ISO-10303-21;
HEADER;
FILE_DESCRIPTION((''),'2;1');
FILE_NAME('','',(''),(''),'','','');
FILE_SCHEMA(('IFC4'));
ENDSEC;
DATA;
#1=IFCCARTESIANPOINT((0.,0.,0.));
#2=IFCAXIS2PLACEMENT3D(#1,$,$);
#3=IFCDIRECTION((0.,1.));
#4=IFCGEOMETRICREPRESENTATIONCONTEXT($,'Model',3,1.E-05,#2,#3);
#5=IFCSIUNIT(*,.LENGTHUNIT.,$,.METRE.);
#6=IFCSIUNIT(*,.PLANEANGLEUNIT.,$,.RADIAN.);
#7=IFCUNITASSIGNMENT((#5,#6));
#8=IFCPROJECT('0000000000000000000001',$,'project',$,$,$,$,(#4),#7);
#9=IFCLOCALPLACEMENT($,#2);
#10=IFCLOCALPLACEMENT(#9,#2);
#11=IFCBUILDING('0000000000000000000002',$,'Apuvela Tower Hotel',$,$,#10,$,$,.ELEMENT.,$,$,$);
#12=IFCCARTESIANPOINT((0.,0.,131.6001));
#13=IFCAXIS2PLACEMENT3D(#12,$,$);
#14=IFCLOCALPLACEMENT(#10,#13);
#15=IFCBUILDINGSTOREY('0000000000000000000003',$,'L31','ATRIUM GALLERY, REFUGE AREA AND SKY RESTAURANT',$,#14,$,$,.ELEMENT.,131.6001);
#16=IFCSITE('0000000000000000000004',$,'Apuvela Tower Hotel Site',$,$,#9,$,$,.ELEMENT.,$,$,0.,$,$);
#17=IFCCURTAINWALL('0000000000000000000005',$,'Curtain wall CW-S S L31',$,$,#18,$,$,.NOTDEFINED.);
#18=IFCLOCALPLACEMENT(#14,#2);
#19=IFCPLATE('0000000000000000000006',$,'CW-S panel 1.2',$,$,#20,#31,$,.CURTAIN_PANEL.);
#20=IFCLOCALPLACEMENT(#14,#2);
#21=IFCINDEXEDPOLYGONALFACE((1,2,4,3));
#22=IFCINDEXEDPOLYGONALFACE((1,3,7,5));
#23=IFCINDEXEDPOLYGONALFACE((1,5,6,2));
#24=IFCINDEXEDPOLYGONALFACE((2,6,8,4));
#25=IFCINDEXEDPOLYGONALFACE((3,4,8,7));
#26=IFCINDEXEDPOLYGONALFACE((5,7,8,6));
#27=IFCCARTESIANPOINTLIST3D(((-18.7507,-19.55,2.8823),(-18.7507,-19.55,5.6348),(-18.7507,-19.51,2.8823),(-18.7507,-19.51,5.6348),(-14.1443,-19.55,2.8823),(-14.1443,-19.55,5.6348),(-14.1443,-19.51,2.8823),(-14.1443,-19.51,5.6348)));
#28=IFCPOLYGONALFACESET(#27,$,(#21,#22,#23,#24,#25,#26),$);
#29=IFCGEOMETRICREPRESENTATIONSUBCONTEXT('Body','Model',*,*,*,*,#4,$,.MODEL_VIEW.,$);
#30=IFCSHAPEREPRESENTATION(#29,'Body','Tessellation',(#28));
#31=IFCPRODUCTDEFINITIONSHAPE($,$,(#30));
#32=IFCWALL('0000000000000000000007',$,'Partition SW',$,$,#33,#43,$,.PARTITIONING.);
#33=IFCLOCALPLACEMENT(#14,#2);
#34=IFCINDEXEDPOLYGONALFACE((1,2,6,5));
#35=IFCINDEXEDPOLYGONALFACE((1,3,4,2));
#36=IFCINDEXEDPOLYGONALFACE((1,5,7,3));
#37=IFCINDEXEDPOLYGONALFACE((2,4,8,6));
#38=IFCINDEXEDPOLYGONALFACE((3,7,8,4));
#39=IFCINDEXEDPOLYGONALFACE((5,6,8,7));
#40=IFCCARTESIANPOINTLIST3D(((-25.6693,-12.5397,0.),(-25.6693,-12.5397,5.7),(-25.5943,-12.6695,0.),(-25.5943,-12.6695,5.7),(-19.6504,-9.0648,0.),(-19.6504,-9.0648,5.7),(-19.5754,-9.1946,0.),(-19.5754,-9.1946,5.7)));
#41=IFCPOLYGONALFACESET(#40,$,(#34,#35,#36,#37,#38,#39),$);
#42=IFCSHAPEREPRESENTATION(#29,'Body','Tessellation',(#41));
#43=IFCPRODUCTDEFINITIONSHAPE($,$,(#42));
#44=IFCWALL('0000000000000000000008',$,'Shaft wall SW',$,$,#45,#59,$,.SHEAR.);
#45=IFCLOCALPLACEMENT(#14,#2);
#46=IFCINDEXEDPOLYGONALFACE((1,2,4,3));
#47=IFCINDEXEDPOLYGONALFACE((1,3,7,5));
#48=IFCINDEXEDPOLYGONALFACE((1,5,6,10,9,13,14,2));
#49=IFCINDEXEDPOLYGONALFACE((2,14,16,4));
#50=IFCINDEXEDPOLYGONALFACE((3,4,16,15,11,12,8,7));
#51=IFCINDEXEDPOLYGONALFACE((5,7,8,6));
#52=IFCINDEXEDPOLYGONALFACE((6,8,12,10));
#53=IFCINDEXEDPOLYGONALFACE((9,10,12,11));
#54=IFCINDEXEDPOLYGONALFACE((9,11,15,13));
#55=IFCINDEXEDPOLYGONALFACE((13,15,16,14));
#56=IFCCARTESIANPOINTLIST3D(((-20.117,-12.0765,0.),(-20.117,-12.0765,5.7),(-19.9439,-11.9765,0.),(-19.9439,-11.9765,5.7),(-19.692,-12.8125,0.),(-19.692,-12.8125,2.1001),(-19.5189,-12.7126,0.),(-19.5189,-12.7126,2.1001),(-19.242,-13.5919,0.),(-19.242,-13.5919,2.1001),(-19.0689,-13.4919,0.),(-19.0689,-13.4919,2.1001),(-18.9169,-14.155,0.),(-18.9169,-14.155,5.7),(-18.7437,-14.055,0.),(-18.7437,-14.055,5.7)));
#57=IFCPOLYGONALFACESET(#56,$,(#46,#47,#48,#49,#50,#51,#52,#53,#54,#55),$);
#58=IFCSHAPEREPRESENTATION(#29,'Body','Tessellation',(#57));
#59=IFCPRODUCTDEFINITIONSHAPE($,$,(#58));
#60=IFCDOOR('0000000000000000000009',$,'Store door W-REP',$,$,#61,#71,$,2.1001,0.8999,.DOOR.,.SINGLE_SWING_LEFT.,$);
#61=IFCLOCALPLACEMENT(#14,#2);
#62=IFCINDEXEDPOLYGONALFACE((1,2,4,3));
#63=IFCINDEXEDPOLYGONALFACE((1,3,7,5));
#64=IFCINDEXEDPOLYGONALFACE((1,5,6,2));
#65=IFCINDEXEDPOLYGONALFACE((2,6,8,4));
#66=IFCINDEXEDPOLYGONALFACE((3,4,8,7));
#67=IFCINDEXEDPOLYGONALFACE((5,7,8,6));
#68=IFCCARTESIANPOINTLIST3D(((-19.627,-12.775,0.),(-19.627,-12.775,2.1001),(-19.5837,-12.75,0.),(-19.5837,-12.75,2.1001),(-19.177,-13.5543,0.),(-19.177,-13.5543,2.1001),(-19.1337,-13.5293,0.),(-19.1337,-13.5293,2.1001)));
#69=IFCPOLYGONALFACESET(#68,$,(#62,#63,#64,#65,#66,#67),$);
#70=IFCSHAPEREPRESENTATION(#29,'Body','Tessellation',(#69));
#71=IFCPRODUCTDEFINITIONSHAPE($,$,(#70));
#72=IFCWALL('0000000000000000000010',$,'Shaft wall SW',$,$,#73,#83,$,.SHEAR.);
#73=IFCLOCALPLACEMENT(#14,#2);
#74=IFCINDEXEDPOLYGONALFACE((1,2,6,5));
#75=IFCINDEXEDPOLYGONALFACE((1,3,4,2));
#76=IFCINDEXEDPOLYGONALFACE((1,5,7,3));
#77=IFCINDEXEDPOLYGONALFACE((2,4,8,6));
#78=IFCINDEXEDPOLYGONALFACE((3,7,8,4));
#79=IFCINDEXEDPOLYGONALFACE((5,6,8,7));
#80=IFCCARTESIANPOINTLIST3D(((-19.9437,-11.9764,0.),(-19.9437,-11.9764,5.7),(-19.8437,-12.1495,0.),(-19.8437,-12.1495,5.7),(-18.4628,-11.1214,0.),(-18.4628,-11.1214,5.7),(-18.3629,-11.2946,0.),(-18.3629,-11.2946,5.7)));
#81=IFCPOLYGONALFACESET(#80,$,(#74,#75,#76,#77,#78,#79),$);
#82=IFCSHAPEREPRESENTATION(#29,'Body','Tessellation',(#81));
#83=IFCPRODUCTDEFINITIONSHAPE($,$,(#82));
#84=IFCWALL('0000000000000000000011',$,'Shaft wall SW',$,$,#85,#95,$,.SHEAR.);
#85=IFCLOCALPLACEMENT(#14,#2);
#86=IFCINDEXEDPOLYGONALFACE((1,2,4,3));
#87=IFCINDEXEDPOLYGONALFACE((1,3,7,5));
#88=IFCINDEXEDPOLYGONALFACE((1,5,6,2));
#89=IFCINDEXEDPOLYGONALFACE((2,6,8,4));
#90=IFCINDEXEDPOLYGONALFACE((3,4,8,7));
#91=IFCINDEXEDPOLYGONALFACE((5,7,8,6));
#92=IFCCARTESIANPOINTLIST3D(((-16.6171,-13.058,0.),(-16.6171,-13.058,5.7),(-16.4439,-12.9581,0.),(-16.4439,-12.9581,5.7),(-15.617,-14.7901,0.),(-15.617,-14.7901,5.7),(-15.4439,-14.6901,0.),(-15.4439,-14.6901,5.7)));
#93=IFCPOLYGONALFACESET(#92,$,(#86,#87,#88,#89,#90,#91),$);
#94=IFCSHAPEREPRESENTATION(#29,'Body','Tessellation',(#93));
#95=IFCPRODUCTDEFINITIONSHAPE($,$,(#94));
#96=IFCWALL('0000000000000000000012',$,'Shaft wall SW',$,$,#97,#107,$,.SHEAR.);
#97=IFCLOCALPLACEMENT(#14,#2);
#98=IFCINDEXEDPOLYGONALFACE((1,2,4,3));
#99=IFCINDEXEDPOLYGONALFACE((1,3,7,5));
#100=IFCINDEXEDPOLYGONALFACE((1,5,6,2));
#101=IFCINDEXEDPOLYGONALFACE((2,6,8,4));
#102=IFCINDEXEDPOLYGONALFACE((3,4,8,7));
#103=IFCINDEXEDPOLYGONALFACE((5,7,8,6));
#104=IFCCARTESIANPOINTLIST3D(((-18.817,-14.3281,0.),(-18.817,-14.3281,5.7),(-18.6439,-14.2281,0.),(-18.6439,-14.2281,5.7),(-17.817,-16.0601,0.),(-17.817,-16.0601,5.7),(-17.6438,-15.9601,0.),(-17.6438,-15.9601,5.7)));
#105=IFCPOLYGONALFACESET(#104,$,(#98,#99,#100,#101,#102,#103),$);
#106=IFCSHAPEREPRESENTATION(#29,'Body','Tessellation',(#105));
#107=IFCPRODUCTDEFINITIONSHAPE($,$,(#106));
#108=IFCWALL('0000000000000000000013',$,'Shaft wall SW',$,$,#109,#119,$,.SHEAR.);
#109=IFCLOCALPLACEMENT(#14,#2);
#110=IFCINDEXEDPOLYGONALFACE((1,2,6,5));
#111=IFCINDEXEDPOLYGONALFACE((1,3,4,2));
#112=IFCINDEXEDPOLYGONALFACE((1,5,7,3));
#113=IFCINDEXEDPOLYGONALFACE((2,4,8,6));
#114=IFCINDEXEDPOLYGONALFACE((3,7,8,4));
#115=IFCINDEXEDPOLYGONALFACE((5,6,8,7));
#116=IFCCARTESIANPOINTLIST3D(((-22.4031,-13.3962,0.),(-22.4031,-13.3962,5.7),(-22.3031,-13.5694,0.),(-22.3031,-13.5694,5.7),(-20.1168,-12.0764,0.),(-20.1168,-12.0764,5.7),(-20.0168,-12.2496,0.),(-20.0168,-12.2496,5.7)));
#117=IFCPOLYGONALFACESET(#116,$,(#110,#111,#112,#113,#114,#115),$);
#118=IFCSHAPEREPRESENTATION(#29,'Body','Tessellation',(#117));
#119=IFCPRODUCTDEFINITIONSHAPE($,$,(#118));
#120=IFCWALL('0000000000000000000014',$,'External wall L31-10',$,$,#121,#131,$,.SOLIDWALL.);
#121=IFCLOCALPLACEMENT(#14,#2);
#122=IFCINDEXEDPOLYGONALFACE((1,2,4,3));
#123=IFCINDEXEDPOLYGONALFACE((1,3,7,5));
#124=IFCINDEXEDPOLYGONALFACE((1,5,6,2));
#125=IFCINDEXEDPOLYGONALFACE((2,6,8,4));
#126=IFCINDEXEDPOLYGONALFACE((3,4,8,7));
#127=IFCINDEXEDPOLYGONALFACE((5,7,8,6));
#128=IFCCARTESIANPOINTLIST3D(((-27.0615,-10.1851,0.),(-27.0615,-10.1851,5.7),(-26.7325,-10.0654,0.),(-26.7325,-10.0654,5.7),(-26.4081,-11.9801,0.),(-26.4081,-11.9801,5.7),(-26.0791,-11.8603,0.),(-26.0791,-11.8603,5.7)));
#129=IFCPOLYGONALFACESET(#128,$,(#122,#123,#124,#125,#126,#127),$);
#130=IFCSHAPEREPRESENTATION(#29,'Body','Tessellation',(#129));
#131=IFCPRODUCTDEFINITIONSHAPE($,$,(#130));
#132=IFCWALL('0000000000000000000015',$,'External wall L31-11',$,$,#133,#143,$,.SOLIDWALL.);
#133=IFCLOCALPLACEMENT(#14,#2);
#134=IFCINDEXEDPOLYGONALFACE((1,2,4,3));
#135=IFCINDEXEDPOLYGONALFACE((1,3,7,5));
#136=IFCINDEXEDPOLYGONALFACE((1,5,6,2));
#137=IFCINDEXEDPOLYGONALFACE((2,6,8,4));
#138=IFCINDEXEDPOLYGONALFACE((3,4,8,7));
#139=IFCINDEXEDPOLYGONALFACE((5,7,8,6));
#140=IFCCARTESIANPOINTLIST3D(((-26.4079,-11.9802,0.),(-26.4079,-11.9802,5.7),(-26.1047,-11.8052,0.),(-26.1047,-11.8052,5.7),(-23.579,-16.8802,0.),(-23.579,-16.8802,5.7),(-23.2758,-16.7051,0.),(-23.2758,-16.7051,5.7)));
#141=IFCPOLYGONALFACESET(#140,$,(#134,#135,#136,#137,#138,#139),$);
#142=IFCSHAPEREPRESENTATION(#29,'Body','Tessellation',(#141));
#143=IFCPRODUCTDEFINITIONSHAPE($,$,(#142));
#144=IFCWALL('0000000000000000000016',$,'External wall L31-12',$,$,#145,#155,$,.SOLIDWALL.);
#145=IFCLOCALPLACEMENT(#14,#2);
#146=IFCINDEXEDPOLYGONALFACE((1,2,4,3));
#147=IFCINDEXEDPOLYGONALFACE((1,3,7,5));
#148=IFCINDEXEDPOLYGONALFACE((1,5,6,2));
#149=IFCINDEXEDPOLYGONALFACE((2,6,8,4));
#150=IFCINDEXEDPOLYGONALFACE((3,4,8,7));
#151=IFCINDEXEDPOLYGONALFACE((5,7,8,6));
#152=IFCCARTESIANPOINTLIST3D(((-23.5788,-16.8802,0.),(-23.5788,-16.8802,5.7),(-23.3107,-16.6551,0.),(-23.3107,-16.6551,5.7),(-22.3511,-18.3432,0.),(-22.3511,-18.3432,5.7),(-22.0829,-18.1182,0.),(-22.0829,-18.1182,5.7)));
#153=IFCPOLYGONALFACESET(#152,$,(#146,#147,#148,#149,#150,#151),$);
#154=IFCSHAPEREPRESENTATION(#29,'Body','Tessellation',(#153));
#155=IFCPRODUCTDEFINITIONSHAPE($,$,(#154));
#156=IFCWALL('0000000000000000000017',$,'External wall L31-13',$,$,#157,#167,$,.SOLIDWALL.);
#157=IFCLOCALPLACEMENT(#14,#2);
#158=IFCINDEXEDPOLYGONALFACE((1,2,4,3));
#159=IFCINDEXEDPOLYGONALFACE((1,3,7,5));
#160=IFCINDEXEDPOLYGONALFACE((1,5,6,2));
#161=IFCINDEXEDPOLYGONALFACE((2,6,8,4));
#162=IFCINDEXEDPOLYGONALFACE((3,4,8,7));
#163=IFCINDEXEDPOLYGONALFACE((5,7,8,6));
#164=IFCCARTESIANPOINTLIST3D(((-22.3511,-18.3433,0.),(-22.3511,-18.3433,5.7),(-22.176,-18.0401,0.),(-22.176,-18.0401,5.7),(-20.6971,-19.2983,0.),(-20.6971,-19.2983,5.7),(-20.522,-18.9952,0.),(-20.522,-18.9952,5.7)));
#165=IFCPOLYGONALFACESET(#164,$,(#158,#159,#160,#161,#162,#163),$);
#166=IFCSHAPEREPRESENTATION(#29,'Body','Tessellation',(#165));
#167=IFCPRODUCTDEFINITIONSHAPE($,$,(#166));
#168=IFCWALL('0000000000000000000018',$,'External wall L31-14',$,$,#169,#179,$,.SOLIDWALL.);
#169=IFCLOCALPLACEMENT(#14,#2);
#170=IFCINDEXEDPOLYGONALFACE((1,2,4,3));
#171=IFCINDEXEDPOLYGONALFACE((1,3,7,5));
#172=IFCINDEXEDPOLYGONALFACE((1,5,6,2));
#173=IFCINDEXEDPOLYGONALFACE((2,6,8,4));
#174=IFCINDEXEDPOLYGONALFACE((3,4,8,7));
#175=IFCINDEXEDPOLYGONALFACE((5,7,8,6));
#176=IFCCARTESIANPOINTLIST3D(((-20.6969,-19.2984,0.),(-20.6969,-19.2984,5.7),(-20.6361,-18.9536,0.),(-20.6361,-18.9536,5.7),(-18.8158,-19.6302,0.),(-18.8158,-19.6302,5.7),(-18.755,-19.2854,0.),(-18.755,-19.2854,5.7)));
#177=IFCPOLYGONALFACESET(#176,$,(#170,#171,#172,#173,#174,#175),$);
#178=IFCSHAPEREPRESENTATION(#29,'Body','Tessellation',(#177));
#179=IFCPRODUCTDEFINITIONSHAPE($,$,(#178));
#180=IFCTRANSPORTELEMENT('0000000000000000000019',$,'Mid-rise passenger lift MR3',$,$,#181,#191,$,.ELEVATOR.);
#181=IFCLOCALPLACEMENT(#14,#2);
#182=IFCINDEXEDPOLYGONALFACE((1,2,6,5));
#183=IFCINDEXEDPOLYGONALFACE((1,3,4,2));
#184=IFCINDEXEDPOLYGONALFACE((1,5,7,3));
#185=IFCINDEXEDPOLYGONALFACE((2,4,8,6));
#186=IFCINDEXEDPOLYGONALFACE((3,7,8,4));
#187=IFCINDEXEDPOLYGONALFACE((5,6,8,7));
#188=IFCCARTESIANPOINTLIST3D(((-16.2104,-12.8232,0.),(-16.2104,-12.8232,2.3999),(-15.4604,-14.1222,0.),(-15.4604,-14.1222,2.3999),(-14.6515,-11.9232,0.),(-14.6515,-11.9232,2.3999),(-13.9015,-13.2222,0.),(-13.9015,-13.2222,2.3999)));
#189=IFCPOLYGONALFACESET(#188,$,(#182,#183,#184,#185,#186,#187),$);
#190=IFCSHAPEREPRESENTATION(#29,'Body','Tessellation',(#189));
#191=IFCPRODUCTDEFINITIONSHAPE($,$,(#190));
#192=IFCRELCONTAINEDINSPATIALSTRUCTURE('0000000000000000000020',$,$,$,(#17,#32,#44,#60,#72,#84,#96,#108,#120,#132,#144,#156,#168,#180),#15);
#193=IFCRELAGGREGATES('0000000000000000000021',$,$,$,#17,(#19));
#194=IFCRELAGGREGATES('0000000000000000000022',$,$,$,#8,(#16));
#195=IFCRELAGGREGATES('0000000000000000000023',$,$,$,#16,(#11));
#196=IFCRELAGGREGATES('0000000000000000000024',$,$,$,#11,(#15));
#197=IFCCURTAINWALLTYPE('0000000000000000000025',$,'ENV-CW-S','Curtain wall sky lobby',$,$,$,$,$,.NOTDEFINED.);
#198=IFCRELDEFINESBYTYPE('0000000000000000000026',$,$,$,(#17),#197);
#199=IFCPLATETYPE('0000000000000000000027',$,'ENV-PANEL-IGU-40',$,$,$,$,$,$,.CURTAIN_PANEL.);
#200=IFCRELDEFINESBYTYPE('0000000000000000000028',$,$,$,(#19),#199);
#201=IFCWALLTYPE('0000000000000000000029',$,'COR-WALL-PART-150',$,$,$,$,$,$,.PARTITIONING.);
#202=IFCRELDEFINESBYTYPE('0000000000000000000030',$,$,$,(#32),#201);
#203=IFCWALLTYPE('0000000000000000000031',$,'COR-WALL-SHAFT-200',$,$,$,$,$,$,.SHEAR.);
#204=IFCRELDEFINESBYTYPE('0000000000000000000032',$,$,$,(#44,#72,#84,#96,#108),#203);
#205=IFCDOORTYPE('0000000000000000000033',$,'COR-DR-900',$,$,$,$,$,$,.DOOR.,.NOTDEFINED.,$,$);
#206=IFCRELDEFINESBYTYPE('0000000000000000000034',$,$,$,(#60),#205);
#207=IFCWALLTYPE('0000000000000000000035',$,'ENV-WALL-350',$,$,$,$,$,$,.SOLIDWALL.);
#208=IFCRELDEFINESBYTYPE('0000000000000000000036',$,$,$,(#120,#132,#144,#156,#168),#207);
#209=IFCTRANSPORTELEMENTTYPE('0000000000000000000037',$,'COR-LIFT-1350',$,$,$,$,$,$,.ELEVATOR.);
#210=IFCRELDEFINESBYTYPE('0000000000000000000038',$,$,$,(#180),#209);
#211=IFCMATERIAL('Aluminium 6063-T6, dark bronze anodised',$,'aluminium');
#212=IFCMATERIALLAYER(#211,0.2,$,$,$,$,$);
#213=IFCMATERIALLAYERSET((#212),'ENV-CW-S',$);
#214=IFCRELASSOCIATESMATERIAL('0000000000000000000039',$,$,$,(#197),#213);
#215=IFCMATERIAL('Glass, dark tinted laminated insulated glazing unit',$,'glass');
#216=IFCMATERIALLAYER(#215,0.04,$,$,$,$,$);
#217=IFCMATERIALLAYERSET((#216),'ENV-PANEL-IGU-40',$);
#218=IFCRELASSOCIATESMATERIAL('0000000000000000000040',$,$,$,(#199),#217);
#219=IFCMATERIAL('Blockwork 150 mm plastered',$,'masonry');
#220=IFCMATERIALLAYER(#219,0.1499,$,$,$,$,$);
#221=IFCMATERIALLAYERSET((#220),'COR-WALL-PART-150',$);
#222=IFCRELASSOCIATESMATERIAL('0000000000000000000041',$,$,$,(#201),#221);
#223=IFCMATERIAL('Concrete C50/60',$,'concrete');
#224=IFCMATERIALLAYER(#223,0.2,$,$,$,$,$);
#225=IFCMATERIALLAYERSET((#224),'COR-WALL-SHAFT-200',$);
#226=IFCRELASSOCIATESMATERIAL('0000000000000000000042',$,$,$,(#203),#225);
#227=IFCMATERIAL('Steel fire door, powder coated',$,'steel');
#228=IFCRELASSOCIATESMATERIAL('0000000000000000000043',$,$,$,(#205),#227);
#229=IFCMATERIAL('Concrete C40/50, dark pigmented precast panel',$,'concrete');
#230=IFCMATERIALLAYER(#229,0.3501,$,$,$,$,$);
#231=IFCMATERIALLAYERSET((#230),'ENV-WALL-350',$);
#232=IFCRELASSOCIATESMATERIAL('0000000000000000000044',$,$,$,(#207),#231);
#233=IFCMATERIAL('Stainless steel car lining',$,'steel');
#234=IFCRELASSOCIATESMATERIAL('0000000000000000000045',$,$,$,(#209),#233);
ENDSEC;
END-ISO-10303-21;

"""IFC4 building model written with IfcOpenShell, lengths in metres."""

from ifc_helpers import new_model, si_unit, direction, frame, frame_2d, origin, origin_2d, place, context, subcontext, project, spatial, rectangle, extrude, material, layer, layer_set, type_object, element, fill, aggregate, save


model = new_model("IFC4")

# Units and contexts
model_context = context("Model", 3, precision=1e-05, world=origin(), true_north=direction((0.0, 1.0)))
body_context = subcontext(model_context, "Body", "Model", "MODEL_VIEW")
ifc_project = project(units=[si_unit("LENGTHUNIT", "METRE"), si_unit("PLANEANGLEUNIT", "RADIAN")], contexts=[model_context])

# Site, building, storey
site_placement = place(None, origin())
site = spatial("IfcSite", under=ifc_project, at=site_placement, Name="Apuvela Tower Hotel Site", CompositionType="ELEMENT", RefElevation=0.0)
building_placement = place(site_placement, origin())
building = spatial("IfcBuilding", under=site, at=building_placement, Name="Apuvela Tower Hotel", CompositionType="ELEMENT")
storey_placement = place(building_placement, frame((0.0, 0.0, 131.6001)))
storey = spatial("IfcBuildingStorey", under=building, at=storey_placement, Name="L31", Description="ATRIUM GALLERY, REFUGE AREA AND SKY RESTAURANT", CompositionType="ELEMENT", Elevation=131.6001)

# Curtain wall
ifc_material_1 = material(Name="Aluminium 6063-T6, dark bronze anodised", Category="aluminium")
ifc_layer_1 = layer(ifc_material_1, 0.2)
ifc_layer_set_1 = layer_set([ifc_layer_1], Name="ENV-CW-S")
curtain_wall_type = type_object("IfcCurtainWallType", Name="ENV-CW-S", Description="Curtain wall sky lobby", PredefinedType="NOTDEFINED", material=ifc_layer_set_1)
curtain_wall_placement = place(storey_placement, origin())
curtain_wall = element("IfcCurtainWall", 1, at=curtain_wall_placement, inside=storey, type_object=curtain_wall_type, Name="Curtain wall CW-S S L31", PredefinedType="NOTDEFINED")

# Plate
ifc_material_2 = material(Name="Glass, dark tinted laminated insulated glazing unit", Category="glass")
ifc_layer_2 = layer(ifc_material_2, 0.04)
ifc_layer_set_2 = layer_set([ifc_layer_2], Name="ENV-PANEL-IGU-40")
plate_type = type_object("IfcPlateType", Name="ENV-PANEL-IGU-40", PredefinedType="CURTAIN_PANEL", material=ifc_layer_set_2)
plate_1_placement = place(storey_placement, frame((-16.4475, -19.53, 2.8823), z_axis=(0.0, 0.0, 1.0), x_axis=(1.0, 0.0, 0.0)))
plate_1 = element("IfcPlate", 2, at=plate_1_placement, type_object=plate_type, Name="CW-S panel 1.2", PredefinedType="CURTAIN_PANEL", context=body_context, shape_type="SweptSolid", body=[
    extrude(rectangle(XDim=4.6064, YDim=0.04, at=origin_2d()), origin(), (0.0, 0.0, 1.0), 2.7524),
])
aggregate(curtain_wall, [plate_1])

# Wall
ifc_material_3 = material(Name="Blockwork 150 mm plastered", Category="masonry")
ifc_layer_3 = layer(ifc_material_3, 0.1499)
ifc_layer_set_3 = layer_set([ifc_layer_3], Name="COR-WALL-PART-150")
wall_type_1 = type_object("IfcWallType", Name="COR-WALL-PART-150", PredefinedType="PARTITIONING", material=ifc_layer_set_3)
wall_1_placement = place(storey_placement, frame((-19.6128, -9.1296, 0.0), z_axis=(0.0, 0.0, 1.0), x_axis=(-0.866032, -0.499989, 0.0)))
element("IfcWall", 3, at=wall_1_placement, inside=storey, type_object=wall_type_1, Name="Partition SW", PredefinedType="PARTITIONING", context=body_context, shape_type="SweptSolid", body=[
    extrude(rectangle(XDim=6.95, YDim=0.1499, at=frame_2d((3.4751, 0.0))), origin(), (0.0, 0.0, 1.0), 5.7),
])

# Wall, opening, door
ifc_material_4 = material(Name="Concrete C50/60", Category="concrete")
ifc_layer_4 = layer(ifc_material_4, 0.2)
ifc_layer_set_4 = layer_set([ifc_layer_4], Name="COR-WALL-SHAFT-200")
wall_type_2 = type_object("IfcWallType", Name="COR-WALL-SHAFT-200", PredefinedType="SHEAR", material=ifc_layer_set_4)
wall_2_placement = place(storey_placement, frame((-20.0305, -12.0264, 0.0), z_axis=(0.0, 0.0, 1.0), x_axis=(0.500034, -0.866006, 0.0)))
wall_2 = element("IfcWall", 4, at=wall_2_placement, inside=storey, type_object=wall_type_2, Name="Shaft wall SW", PredefinedType="SHEAR", context=body_context, shape_type="SweptSolid", body=[
    extrude(rectangle(XDim=2.4001, YDim=0.2, at=frame_2d((1.2002, 0.0))), origin(), (0.0, 0.0, 1.0), 5.7),
])
opening_placement = place(wall_2_placement, frame((0.8501, 0.0, 0.0)))
opening = element("IfcOpeningElement", 5, at=opening_placement, cuts=wall_2, PredefinedType="OPENING", context=body_context, shape_type="SweptSolid", body=[
    extrude(rectangle(XDim=0.8999, YDim=2.1001, at=frame_2d((0.45, 1.05))), frame((0.0, 0.1099, 0.0), z_axis=(0.0, -1.0, 0.0), x_axis=(1.0, 0.0, 0.0)), (0.0, 0.0, 1.0), 0.22),
])
ifc_material_5 = material(Name="Steel fire door, powder coated", Category="steel")
door_type = type_object("IfcDoorType", Name="COR-DR-900", OperationType="NOTDEFINED", PredefinedType="DOOR", material=ifc_material_5)
door_placement = place(opening_placement, frame((0.8999, 0.0, 0.0), z_axis=(0.0, 0.0, 1.0), x_axis=(-1.0, 0.0, 0.0)))
door = element("IfcDoor", 6, at=door_placement, inside=storey, type_object=door_type, Name="Store door W-REP", OperationType="SINGLE_SWING_LEFT", OverallHeight=2.1001, OverallWidth=0.8999, PredefinedType="DOOR", context=body_context, shape_type="SweptSolid", body=[
    extrude(rectangle(XDim=0.8999, YDim=2.1001, at=frame_2d((0.45, 1.05))), frame((0.0, 0.0249, 0.0), z_axis=(0.0, -1.0, 0.0), x_axis=(1.0, 0.0, 0.0)), (0.0, 0.0, 1.0), 0.05),
])
fill(opening, door)

# Walls
wall_3_placement = place(storey_placement, frame((-18.4128, -11.208, 0.0), z_axis=(0.0, 0.0, 1.0), x_axis=(-0.866038, -0.499978, 0.0)))
element("IfcWall", 7, at=wall_3_placement, inside=storey, type_object=wall_type_2, Name="Shaft wall SW", PredefinedType="SHEAR", context=body_context, shape_type="SweptSolid", body=[
    extrude(rectangle(XDim=1.71, YDim=0.2, at=frame_2d((0.855, 0.0))), origin(), (0.0, 0.0, 1.0), 5.7),
])
for number, where, z_axis, x_axis, name in (
    (8, (-16.5305, -13.0081, 0.0), (0.0, 0.0, 1.0), (0.500025, -0.866011, 0.0), "Shaft wall SW"),
    (9, (-18.7305, -14.2781, 0.0), (0.0, 0.0, 1.0), (0.500025, -0.866011, 0.0), "Shaft wall SW"),
):
    element("IfcWall", number, at=place(storey_placement, frame(where, z_axis=z_axis, x_axis=x_axis)), inside=storey, type_object=wall_type_2, Name=name, PredefinedType="SHEAR", context=body_context, shape_type="SweptSolid", body=[
        extrude(rectangle(XDim=2.0, YDim=0.2, at=frame_2d((1.0, 0.0))), origin(), (0.0, 0.0, 1.0), 5.7),
    ])
wall_4_placement = place(storey_placement, frame((-20.0669, -12.1631, 0.0), z_axis=(0.0, 0.0, 1.0), x_axis=(-0.866061, -0.499939, 0.0)))
element("IfcWall", 10, at=wall_4_placement, inside=storey, type_object=wall_type_2, Name="Shaft wall SW", PredefinedType="SHEAR", context=body_context, shape_type="SweptSolid", body=[
    extrude(rectangle(XDim=2.6399, YDim=0.2, at=frame_2d((1.3198, 0.0))), origin(), (0.0, 0.0, 1.0), 5.7),
])
ifc_material_6 = material(Name="Concrete C40/50, dark pigmented precast panel", Category="concrete")
ifc_layer_5 = layer(ifc_material_6, 0.3501)
ifc_layer_set_5 = layer_set([ifc_layer_5], Name="ENV-WALL-350")
wall_type_3 = type_object("IfcWallType", Name="ENV-WALL-350", PredefinedType="SOLIDWALL", material=ifc_layer_set_5)
wall_5_placement = place(storey_placement, frame((-26.897, -10.1252, 0.0), z_axis=(0.0, 0.0, 1.0), x_axis=(0.34203, -0.939689, 0.0)))
element("IfcWall", 11, at=wall_5_placement, inside=storey, type_object=wall_type_3, Name="External wall L31-10", PredefinedType="SOLIDWALL", context=body_context, shape_type="SweptSolid", body=[
    extrude(rectangle(XDim=1.9102, YDim=0.3501, at=frame_2d((0.9551, 0.0))), origin(), (0.0, 0.0, 1.0), 5.7),
])
wall_6_placement = place(storey_placement, frame((-26.2563, -11.8926, 0.0), z_axis=(0.0, 0.0, 1.0), x_axis=(0.499986, -0.866033, 0.0)))
element("IfcWall", 12, at=wall_6_placement, inside=storey, type_object=wall_type_3, Name="External wall L31-11", PredefinedType="SOLIDWALL", context=body_context, shape_type="SweptSolid", body=[
    extrude(rectangle(XDim=5.658, YDim=0.3501, at=frame_2d((2.8291, 0.0))), origin(), (0.0, 0.0, 1.0), 5.7),
])
for number, where, z_axis, x_axis, name in (
    (13, (-23.4448, -16.7676, 0.0), (0.0, 0.0, 1.0), (0.642808, -0.766027, 0.0), "External wall L31-12"),
    (14, (-22.2637, -18.1917, 0.0), (0.0, 0.0, 1.0), (0.866, -0.500043, 0.0), "External wall L31-13"),
):
    element("IfcWall", number, at=place(storey_placement, frame(where, z_axis=z_axis, x_axis=x_axis)), inside=storey, type_object=wall_type_3, Name=name, PredefinedType="SOLIDWALL", context=body_context, shape_type="SweptSolid", body=[
        extrude(rectangle(XDim=1.9099, YDim=0.3501, at=frame_2d((0.9551, 0.0))), origin(), (0.0, 0.0, 1.0), 5.7),
    ])
wall_7_placement = place(storey_placement, frame((-20.6665, -19.126, 0.0), z_axis=(0.0, 0.0, 1.0), x_axis=(0.984799, -0.173698, 0.0)))
element("IfcWall", 15, at=wall_7_placement, inside=storey, type_object=wall_type_3, Name="External wall L31-14", PredefinedType="SOLIDWALL", context=body_context, shape_type="SweptSolid", body=[
    extrude(rectangle(XDim=1.9102, YDim=0.3501, at=frame_2d((0.9551, 0.0))), origin(), (0.0, 0.0, 1.0), 5.7),
])

# Transport element
ifc_material_7 = material(Name="Stainless steel car lining", Category="steel")
transport_element_type = type_object("IfcTransportElementType", Name="COR-LIFT-1350", PredefinedType="ELEVATOR", material=ifc_material_7)
for number, where, z_axis, x_axis, name in (
    (16, (-15.0559, -13.0227, 0.0), (0.0, 0.0, 1.0), (-0.866025, -0.5, 0.0), "Mid-rise passenger lift MR3"),
):
    element("IfcTransportElement", number, at=place(storey_placement, frame(where, z_axis=z_axis, x_axis=x_axis)), inside=storey, type_object=transport_element_type, Name=name, PredefinedType="ELEVATOR", context=body_context, shape_type="SweptSolid", body=[
        extrude(rectangle(XDim=1.8, YDim=1.5, at=origin_2d()), origin(), (0.0, 0.0, 1.0), 2.3999),
    ])

save(model, "model.ifc")
